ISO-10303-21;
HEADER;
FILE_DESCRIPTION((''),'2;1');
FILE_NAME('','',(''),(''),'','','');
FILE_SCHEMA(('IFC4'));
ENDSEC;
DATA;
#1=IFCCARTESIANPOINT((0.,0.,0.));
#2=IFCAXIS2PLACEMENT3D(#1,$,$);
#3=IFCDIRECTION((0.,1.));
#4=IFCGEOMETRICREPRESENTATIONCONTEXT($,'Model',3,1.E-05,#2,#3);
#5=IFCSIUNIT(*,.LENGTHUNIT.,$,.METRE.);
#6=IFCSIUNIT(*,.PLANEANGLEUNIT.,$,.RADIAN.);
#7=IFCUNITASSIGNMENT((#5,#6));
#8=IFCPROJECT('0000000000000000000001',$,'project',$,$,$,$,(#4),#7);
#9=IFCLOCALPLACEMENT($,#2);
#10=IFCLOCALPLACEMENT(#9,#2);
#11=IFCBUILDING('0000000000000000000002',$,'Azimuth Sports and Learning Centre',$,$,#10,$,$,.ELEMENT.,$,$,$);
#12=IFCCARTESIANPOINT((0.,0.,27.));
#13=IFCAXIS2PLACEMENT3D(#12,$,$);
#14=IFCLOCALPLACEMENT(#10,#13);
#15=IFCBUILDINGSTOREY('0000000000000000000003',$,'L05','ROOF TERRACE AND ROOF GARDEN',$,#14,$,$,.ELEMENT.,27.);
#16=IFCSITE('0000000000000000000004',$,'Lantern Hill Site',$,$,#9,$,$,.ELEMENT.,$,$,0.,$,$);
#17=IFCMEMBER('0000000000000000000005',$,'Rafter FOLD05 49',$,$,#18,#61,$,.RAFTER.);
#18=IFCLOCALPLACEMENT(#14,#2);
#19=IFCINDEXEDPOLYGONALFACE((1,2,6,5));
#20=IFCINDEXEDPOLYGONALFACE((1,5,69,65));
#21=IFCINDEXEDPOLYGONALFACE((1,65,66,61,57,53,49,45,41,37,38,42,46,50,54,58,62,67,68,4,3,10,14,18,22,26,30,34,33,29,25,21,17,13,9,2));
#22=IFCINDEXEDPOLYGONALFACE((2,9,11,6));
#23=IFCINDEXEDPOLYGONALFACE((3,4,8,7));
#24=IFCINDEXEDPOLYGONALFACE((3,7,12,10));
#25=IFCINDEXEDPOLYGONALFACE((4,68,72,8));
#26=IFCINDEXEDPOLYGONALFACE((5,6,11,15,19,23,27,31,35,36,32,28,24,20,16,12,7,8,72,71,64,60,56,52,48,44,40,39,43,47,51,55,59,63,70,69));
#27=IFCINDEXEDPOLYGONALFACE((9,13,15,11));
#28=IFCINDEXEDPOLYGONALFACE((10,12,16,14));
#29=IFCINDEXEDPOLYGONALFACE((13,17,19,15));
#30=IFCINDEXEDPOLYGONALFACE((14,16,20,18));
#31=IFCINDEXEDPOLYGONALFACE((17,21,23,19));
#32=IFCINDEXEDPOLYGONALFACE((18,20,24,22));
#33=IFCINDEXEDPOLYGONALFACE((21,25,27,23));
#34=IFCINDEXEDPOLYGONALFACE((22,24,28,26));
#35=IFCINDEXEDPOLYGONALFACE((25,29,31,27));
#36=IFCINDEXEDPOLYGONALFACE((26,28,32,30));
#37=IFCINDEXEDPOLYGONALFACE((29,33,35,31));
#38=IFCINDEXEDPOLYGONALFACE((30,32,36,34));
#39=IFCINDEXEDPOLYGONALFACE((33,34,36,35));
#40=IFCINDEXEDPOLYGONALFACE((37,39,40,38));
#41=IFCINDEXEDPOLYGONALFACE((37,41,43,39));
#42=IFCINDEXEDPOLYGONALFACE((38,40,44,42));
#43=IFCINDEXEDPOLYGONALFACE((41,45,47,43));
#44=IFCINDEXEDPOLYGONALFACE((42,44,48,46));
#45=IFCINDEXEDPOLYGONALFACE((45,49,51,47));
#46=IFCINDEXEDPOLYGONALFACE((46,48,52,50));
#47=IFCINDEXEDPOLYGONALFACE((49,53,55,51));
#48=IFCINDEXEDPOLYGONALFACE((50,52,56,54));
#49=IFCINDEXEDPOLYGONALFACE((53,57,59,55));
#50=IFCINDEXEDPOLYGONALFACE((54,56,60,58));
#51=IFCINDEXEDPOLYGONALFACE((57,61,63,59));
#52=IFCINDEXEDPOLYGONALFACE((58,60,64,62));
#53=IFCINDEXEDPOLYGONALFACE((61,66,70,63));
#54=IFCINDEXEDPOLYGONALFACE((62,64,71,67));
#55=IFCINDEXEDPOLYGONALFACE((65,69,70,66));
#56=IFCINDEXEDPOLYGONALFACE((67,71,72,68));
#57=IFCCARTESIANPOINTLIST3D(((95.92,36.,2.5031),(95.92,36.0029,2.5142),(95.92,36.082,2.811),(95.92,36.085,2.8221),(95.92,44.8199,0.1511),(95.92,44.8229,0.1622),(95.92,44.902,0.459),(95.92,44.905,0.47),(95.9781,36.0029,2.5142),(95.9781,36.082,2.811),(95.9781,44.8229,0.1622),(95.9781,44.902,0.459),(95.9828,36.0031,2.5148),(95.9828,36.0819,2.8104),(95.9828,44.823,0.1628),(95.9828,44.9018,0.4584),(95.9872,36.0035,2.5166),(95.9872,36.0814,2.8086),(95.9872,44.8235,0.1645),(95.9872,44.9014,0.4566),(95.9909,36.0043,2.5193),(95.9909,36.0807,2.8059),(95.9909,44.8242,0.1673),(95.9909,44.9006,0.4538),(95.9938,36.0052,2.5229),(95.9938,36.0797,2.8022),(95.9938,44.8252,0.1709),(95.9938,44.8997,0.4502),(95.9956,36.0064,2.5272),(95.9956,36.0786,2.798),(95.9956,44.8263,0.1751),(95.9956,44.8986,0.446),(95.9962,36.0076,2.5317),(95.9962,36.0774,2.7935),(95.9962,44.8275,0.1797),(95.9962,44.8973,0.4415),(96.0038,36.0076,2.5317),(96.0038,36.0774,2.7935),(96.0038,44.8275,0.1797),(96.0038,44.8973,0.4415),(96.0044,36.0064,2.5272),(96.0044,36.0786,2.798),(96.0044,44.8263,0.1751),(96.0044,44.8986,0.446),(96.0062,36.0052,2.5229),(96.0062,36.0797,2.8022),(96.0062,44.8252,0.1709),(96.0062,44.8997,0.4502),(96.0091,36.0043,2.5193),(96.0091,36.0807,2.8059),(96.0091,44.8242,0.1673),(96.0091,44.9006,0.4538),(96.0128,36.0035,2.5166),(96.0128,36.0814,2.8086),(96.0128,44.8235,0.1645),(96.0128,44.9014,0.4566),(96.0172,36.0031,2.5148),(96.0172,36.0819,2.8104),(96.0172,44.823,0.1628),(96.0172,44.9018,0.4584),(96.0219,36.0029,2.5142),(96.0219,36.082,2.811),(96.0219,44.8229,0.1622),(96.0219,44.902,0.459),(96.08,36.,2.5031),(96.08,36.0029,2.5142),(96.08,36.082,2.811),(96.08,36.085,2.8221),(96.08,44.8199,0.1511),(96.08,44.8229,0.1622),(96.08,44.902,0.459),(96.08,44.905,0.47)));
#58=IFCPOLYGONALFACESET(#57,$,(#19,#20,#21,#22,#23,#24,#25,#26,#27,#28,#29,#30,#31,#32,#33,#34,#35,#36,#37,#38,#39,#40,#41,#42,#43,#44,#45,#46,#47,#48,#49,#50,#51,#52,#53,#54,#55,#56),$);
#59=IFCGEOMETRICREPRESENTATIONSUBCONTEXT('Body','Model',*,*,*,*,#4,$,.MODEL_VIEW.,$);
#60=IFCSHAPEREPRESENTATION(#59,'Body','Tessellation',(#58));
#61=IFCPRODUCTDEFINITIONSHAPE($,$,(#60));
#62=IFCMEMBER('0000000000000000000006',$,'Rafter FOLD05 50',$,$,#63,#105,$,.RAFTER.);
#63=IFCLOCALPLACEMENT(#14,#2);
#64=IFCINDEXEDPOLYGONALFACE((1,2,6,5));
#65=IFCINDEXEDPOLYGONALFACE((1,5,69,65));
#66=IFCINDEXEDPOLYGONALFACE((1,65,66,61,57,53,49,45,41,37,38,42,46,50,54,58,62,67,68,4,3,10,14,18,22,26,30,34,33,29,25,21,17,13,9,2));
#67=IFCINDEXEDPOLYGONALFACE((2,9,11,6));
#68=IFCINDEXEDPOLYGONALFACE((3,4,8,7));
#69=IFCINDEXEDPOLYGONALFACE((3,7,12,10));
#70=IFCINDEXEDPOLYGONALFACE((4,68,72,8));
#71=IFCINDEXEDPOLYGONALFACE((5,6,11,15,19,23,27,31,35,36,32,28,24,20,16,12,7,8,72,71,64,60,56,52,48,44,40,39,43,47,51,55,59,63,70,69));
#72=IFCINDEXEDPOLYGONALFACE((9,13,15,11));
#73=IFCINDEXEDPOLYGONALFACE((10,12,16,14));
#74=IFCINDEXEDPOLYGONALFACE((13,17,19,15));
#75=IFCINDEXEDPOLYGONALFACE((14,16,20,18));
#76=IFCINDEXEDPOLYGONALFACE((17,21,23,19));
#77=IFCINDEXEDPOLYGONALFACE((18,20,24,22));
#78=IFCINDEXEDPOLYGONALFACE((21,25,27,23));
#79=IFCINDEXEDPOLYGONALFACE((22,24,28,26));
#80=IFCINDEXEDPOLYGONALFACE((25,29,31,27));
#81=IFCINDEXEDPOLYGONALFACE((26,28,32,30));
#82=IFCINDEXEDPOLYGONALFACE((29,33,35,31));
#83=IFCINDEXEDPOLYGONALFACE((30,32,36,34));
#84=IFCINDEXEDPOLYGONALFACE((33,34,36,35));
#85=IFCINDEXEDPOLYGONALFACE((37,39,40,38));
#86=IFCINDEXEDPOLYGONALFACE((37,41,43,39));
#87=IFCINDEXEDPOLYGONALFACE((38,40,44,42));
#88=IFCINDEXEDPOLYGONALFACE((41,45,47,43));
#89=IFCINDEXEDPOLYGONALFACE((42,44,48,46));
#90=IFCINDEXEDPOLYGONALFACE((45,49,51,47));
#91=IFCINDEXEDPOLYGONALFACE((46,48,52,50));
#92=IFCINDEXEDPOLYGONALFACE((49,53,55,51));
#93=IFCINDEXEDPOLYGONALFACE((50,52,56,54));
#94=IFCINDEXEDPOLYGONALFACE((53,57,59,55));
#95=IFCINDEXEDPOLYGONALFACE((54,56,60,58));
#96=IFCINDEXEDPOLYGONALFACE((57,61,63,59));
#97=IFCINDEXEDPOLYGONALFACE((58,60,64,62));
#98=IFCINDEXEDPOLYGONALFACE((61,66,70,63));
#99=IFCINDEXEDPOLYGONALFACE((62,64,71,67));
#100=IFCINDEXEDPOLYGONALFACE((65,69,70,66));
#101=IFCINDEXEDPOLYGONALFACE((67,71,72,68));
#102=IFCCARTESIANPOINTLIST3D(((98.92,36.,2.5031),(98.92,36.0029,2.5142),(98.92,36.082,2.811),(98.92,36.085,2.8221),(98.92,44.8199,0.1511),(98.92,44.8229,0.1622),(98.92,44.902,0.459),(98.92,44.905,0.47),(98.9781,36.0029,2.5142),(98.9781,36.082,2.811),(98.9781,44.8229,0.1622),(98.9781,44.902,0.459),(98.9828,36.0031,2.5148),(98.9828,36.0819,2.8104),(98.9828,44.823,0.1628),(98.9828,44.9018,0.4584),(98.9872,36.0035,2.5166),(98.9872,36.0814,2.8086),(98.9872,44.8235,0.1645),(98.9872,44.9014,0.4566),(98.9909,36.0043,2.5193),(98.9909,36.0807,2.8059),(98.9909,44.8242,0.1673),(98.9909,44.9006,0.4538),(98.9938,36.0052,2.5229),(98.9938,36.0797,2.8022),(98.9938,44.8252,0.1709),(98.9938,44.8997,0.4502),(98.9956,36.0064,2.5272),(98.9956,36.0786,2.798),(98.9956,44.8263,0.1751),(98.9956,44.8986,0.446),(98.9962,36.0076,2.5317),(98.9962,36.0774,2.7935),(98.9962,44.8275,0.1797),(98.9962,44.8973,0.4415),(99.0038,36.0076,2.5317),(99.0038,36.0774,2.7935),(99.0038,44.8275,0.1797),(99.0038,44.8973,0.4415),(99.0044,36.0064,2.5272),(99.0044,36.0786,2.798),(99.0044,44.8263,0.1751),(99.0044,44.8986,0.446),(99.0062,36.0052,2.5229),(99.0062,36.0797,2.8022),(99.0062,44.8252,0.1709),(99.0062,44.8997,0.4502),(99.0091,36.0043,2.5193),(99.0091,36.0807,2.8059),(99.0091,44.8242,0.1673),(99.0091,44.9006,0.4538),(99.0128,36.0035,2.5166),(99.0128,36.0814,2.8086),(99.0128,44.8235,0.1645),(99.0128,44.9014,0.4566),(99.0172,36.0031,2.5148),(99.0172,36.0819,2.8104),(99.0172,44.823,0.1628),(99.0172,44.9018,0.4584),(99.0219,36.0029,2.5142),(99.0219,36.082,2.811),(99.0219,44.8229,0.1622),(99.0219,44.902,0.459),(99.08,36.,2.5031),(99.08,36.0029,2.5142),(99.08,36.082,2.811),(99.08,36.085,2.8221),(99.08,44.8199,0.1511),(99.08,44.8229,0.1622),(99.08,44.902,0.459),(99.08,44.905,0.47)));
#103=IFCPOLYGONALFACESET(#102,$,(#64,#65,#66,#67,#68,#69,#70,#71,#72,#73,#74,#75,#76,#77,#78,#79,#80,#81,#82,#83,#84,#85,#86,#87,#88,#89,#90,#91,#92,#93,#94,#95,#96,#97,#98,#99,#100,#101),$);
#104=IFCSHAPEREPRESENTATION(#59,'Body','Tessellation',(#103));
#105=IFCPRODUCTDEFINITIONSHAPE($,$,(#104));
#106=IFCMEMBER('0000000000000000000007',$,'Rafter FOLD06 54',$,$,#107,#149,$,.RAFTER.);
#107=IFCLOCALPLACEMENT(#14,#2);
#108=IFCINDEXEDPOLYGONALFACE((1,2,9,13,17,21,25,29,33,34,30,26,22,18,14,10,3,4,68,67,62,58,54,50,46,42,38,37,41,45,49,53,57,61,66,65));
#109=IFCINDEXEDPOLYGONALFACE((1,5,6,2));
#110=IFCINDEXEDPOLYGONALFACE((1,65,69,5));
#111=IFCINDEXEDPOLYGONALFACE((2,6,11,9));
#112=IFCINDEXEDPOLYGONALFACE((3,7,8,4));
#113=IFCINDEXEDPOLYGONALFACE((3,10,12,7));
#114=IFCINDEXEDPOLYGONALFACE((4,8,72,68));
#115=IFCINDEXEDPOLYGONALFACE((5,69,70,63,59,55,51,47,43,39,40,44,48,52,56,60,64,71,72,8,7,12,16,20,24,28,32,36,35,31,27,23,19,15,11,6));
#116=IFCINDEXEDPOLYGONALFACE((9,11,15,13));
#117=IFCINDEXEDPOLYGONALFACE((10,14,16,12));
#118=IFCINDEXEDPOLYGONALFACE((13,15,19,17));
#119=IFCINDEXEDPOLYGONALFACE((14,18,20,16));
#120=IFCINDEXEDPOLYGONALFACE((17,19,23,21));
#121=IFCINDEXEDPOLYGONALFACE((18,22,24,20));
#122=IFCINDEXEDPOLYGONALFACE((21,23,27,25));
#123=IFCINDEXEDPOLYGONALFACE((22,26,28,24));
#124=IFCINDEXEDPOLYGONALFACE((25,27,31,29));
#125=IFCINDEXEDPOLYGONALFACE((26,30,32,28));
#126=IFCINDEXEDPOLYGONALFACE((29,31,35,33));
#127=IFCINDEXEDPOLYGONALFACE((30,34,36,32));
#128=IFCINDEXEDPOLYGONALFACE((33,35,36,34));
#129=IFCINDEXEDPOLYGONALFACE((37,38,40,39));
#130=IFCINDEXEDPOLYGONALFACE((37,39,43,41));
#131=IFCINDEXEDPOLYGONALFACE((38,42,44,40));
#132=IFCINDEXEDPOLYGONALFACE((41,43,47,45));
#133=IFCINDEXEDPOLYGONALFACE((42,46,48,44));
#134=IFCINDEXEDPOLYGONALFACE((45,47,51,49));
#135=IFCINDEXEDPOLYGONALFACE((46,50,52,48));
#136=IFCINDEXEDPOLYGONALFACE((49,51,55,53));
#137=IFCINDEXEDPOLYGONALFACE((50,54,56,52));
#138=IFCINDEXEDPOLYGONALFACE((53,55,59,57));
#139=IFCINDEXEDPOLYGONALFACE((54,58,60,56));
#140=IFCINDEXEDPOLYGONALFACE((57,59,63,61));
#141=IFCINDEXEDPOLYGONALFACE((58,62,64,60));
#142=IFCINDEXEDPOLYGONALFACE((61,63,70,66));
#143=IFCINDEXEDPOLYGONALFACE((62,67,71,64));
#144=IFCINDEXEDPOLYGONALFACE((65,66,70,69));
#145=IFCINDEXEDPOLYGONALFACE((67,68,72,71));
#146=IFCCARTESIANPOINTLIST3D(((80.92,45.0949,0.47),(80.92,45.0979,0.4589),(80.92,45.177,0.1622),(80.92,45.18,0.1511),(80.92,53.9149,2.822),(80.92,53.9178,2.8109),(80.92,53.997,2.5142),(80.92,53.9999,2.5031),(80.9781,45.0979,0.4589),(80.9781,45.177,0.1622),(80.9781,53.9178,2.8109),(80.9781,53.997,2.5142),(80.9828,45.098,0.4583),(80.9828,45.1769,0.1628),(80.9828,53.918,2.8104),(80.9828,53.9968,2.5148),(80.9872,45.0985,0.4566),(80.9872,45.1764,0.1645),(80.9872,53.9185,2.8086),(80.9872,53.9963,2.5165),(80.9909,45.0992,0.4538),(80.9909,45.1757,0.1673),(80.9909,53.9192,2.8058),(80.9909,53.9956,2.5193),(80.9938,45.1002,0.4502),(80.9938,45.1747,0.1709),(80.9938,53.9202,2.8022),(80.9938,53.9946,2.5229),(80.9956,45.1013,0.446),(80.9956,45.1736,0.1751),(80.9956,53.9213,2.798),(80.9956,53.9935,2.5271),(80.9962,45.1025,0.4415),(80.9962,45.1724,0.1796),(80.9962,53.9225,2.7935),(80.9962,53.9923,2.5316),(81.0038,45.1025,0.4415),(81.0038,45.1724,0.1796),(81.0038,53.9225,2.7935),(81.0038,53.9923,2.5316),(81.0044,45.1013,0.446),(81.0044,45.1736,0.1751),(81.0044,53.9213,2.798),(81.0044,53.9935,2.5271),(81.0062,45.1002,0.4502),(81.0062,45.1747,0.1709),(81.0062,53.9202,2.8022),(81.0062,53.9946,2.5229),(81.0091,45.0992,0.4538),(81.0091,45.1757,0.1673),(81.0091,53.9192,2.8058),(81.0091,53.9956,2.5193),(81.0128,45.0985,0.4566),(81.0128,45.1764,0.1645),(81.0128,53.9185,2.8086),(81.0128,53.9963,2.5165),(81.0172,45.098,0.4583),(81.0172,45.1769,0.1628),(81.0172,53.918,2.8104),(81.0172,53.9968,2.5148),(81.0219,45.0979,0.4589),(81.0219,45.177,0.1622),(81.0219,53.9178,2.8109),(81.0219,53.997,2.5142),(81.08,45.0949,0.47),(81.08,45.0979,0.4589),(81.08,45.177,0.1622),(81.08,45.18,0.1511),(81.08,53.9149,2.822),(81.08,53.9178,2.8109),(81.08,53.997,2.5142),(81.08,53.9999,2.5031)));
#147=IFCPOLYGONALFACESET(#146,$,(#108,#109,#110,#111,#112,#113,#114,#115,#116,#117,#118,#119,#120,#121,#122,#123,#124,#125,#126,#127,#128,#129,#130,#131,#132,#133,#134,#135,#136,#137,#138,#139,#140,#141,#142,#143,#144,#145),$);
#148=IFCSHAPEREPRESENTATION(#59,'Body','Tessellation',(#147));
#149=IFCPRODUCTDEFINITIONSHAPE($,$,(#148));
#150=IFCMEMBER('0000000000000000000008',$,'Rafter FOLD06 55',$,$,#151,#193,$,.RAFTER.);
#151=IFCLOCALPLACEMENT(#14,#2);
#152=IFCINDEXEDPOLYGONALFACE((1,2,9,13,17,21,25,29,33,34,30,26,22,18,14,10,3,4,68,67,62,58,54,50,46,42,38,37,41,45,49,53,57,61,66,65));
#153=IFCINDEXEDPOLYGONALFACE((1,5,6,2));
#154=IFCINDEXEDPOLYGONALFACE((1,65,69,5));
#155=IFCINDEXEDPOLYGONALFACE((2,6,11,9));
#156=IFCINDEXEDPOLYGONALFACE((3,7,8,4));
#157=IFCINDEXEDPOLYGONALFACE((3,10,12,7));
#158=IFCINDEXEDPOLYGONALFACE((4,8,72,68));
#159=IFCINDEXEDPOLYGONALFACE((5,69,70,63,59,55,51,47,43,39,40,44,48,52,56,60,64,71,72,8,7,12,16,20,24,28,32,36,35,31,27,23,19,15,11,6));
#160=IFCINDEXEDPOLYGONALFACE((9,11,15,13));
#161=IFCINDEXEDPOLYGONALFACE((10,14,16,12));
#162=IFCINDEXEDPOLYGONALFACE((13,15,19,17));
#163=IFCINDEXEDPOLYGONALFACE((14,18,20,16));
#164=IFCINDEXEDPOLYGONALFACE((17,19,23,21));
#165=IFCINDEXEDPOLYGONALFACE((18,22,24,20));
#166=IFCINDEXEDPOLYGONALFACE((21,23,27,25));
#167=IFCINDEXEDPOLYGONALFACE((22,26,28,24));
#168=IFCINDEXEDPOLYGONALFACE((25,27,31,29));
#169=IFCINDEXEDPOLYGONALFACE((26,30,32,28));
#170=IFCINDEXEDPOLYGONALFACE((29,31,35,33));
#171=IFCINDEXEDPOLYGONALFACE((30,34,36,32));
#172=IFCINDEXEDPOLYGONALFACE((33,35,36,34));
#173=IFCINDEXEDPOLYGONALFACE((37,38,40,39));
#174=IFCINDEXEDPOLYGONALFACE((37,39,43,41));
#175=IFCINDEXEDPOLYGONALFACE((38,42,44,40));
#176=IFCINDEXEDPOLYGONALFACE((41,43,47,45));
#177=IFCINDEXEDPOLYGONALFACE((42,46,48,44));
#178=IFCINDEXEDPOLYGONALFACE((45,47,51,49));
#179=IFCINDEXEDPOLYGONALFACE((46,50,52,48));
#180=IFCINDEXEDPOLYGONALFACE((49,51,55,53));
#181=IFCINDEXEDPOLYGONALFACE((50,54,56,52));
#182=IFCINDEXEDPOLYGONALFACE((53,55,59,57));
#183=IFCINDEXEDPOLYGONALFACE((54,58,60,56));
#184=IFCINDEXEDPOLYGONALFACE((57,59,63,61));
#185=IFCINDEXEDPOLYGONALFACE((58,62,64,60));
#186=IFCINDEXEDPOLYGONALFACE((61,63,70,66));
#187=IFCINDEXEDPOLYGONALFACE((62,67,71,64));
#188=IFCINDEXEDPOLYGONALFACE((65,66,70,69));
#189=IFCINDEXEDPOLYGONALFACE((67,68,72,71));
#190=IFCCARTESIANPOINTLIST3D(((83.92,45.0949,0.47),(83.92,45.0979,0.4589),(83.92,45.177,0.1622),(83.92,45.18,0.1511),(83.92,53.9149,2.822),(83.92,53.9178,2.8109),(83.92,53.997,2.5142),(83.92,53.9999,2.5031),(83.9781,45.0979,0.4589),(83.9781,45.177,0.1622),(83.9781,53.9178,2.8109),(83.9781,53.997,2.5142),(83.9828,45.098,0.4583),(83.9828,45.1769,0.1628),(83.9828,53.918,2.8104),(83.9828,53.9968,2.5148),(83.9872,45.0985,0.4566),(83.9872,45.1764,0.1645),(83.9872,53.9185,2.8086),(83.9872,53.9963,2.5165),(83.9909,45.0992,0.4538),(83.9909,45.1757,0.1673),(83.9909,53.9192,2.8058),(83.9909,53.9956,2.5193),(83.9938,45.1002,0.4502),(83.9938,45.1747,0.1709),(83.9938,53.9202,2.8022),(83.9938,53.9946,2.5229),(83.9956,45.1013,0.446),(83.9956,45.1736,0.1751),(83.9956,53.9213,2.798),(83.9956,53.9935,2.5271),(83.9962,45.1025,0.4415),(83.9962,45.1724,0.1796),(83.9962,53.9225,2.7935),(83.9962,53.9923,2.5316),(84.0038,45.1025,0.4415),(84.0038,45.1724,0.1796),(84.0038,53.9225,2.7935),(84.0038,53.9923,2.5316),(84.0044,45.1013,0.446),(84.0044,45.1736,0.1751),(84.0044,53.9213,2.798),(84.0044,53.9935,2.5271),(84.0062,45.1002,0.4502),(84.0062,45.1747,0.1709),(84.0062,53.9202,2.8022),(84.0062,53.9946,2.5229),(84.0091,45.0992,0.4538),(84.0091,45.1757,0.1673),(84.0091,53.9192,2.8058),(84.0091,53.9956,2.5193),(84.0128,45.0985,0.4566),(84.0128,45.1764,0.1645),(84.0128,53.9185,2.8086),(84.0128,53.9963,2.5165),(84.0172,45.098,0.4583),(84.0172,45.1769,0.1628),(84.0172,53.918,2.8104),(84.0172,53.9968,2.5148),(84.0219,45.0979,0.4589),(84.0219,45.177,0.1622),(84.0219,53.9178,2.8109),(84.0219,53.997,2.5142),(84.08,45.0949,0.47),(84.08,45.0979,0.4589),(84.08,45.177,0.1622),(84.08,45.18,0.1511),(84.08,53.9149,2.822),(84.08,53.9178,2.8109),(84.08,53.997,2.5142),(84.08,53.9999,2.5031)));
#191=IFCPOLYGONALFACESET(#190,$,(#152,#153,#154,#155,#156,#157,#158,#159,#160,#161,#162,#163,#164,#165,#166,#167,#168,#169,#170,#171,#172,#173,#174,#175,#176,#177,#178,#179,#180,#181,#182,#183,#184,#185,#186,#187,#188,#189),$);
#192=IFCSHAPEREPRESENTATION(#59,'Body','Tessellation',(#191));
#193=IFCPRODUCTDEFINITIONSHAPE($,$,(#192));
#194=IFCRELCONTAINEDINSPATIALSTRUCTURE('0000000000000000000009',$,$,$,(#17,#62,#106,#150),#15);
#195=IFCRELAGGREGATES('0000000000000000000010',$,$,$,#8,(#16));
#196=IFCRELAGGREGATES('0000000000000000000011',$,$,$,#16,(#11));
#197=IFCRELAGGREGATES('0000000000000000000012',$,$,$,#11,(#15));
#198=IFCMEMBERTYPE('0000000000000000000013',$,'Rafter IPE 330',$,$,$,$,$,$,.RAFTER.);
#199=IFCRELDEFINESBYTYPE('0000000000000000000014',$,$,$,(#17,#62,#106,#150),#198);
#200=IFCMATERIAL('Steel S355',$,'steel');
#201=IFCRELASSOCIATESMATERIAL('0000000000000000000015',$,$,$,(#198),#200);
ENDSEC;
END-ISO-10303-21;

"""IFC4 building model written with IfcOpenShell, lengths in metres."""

from ifc_helpers import new_model, si_unit, direction, frame, origin, origin_2d, place, context, subcontext, project, spatial, i_section, extrude, material, material_profile, profile_set, type_object, element, save


model = new_model("IFC4")

# Units and contexts
model_context = context("Model", 3, precision=1e-05, world=origin(), true_north=direction((0.0, 1.0)))
body_context = subcontext(model_context, "Body", "Model", "MODEL_VIEW")
ifc_project = project(units=[si_unit("LENGTHUNIT", "METRE"), si_unit("PLANEANGLEUNIT", "RADIAN")], contexts=[model_context])

# Site, building, storey
site_placement = place(None, origin())
site = spatial("IfcSite", under=ifc_project, at=site_placement, Name="Lantern Hill Site", CompositionType="ELEMENT", RefElevation=0.0)
building_placement = place(site_placement, origin())
building = spatial("IfcBuilding", under=site, at=building_placement, Name="Azimuth Sports and Learning Centre", CompositionType="ELEMENT")
storey_placement = place(building_placement, frame((0.0, 0.0, 27.0)))
storey = spatial("IfcBuildingStorey", under=building, at=storey_placement, Name="L05", Description="ROOF TERRACE AND ROOF GARDEN", CompositionType="ELEMENT", Elevation=27.0)

# Members
ifc_material_1 = material(Name="Steel S355", Category="steel")
ifc_material_profile_1 = material_profile(ifc_material_1, i_section(OverallWidth=0.1599, OverallDepth=0.3301, WebThickness=0.0076, FlangeThickness=0.0115, FilletRadius=0.0181, at=origin_2d()), Name="IPE 330")
ifc_profile_set_1 = profile_set([ifc_material_profile_1], Name="Steel S355")
member_type_1 = type_object("IfcMemberType", Name="Rafter IPE 330", PredefinedType="RAFTER", material=ifc_profile_set_1)
for number, where, z_axis, x_axis, name in (
    (1, (96.0, 36.0425, 2.6626), (0.0, 0.966234, -0.257666), (-1.0, 0.0, 0.0), "Rafter FOLD05 49"),
    (2, (99.0, 36.0425, 2.6626), (0.0, 0.966234, -0.257666), (-1.0, 0.0, 0.0), "Rafter FOLD05 50"),
    (3, (81.0, 45.1375, 0.3105), (0.0, 0.966234, 0.257666), (-1.0, 0.0, 0.0), "Rafter FOLD06 54"),
    (4, (84.0, 45.1375, 0.3105), (0.0, 0.966234, 0.257666), (-1.0, 0.0, 0.0), "Rafter FOLD06 55"),
):
    element("IfcMember", number, at=place(storey_placement, frame(where, z_axis=z_axis, x_axis=x_axis)), inside=storey, type_object=member_type_1, Name=name, PredefinedType="RAFTER", context=body_context, shape_type="SweptSolid", body=[
        extrude(i_section(OverallWidth=0.1599, OverallDepth=0.3301, WebThickness=0.0076, FlangeThickness=0.0115, FilletRadius=0.0181, at=origin_2d()), origin(), (0.0, 0.0, 1.0), 9.1282),
    ])

save(model, "model.ifc")
